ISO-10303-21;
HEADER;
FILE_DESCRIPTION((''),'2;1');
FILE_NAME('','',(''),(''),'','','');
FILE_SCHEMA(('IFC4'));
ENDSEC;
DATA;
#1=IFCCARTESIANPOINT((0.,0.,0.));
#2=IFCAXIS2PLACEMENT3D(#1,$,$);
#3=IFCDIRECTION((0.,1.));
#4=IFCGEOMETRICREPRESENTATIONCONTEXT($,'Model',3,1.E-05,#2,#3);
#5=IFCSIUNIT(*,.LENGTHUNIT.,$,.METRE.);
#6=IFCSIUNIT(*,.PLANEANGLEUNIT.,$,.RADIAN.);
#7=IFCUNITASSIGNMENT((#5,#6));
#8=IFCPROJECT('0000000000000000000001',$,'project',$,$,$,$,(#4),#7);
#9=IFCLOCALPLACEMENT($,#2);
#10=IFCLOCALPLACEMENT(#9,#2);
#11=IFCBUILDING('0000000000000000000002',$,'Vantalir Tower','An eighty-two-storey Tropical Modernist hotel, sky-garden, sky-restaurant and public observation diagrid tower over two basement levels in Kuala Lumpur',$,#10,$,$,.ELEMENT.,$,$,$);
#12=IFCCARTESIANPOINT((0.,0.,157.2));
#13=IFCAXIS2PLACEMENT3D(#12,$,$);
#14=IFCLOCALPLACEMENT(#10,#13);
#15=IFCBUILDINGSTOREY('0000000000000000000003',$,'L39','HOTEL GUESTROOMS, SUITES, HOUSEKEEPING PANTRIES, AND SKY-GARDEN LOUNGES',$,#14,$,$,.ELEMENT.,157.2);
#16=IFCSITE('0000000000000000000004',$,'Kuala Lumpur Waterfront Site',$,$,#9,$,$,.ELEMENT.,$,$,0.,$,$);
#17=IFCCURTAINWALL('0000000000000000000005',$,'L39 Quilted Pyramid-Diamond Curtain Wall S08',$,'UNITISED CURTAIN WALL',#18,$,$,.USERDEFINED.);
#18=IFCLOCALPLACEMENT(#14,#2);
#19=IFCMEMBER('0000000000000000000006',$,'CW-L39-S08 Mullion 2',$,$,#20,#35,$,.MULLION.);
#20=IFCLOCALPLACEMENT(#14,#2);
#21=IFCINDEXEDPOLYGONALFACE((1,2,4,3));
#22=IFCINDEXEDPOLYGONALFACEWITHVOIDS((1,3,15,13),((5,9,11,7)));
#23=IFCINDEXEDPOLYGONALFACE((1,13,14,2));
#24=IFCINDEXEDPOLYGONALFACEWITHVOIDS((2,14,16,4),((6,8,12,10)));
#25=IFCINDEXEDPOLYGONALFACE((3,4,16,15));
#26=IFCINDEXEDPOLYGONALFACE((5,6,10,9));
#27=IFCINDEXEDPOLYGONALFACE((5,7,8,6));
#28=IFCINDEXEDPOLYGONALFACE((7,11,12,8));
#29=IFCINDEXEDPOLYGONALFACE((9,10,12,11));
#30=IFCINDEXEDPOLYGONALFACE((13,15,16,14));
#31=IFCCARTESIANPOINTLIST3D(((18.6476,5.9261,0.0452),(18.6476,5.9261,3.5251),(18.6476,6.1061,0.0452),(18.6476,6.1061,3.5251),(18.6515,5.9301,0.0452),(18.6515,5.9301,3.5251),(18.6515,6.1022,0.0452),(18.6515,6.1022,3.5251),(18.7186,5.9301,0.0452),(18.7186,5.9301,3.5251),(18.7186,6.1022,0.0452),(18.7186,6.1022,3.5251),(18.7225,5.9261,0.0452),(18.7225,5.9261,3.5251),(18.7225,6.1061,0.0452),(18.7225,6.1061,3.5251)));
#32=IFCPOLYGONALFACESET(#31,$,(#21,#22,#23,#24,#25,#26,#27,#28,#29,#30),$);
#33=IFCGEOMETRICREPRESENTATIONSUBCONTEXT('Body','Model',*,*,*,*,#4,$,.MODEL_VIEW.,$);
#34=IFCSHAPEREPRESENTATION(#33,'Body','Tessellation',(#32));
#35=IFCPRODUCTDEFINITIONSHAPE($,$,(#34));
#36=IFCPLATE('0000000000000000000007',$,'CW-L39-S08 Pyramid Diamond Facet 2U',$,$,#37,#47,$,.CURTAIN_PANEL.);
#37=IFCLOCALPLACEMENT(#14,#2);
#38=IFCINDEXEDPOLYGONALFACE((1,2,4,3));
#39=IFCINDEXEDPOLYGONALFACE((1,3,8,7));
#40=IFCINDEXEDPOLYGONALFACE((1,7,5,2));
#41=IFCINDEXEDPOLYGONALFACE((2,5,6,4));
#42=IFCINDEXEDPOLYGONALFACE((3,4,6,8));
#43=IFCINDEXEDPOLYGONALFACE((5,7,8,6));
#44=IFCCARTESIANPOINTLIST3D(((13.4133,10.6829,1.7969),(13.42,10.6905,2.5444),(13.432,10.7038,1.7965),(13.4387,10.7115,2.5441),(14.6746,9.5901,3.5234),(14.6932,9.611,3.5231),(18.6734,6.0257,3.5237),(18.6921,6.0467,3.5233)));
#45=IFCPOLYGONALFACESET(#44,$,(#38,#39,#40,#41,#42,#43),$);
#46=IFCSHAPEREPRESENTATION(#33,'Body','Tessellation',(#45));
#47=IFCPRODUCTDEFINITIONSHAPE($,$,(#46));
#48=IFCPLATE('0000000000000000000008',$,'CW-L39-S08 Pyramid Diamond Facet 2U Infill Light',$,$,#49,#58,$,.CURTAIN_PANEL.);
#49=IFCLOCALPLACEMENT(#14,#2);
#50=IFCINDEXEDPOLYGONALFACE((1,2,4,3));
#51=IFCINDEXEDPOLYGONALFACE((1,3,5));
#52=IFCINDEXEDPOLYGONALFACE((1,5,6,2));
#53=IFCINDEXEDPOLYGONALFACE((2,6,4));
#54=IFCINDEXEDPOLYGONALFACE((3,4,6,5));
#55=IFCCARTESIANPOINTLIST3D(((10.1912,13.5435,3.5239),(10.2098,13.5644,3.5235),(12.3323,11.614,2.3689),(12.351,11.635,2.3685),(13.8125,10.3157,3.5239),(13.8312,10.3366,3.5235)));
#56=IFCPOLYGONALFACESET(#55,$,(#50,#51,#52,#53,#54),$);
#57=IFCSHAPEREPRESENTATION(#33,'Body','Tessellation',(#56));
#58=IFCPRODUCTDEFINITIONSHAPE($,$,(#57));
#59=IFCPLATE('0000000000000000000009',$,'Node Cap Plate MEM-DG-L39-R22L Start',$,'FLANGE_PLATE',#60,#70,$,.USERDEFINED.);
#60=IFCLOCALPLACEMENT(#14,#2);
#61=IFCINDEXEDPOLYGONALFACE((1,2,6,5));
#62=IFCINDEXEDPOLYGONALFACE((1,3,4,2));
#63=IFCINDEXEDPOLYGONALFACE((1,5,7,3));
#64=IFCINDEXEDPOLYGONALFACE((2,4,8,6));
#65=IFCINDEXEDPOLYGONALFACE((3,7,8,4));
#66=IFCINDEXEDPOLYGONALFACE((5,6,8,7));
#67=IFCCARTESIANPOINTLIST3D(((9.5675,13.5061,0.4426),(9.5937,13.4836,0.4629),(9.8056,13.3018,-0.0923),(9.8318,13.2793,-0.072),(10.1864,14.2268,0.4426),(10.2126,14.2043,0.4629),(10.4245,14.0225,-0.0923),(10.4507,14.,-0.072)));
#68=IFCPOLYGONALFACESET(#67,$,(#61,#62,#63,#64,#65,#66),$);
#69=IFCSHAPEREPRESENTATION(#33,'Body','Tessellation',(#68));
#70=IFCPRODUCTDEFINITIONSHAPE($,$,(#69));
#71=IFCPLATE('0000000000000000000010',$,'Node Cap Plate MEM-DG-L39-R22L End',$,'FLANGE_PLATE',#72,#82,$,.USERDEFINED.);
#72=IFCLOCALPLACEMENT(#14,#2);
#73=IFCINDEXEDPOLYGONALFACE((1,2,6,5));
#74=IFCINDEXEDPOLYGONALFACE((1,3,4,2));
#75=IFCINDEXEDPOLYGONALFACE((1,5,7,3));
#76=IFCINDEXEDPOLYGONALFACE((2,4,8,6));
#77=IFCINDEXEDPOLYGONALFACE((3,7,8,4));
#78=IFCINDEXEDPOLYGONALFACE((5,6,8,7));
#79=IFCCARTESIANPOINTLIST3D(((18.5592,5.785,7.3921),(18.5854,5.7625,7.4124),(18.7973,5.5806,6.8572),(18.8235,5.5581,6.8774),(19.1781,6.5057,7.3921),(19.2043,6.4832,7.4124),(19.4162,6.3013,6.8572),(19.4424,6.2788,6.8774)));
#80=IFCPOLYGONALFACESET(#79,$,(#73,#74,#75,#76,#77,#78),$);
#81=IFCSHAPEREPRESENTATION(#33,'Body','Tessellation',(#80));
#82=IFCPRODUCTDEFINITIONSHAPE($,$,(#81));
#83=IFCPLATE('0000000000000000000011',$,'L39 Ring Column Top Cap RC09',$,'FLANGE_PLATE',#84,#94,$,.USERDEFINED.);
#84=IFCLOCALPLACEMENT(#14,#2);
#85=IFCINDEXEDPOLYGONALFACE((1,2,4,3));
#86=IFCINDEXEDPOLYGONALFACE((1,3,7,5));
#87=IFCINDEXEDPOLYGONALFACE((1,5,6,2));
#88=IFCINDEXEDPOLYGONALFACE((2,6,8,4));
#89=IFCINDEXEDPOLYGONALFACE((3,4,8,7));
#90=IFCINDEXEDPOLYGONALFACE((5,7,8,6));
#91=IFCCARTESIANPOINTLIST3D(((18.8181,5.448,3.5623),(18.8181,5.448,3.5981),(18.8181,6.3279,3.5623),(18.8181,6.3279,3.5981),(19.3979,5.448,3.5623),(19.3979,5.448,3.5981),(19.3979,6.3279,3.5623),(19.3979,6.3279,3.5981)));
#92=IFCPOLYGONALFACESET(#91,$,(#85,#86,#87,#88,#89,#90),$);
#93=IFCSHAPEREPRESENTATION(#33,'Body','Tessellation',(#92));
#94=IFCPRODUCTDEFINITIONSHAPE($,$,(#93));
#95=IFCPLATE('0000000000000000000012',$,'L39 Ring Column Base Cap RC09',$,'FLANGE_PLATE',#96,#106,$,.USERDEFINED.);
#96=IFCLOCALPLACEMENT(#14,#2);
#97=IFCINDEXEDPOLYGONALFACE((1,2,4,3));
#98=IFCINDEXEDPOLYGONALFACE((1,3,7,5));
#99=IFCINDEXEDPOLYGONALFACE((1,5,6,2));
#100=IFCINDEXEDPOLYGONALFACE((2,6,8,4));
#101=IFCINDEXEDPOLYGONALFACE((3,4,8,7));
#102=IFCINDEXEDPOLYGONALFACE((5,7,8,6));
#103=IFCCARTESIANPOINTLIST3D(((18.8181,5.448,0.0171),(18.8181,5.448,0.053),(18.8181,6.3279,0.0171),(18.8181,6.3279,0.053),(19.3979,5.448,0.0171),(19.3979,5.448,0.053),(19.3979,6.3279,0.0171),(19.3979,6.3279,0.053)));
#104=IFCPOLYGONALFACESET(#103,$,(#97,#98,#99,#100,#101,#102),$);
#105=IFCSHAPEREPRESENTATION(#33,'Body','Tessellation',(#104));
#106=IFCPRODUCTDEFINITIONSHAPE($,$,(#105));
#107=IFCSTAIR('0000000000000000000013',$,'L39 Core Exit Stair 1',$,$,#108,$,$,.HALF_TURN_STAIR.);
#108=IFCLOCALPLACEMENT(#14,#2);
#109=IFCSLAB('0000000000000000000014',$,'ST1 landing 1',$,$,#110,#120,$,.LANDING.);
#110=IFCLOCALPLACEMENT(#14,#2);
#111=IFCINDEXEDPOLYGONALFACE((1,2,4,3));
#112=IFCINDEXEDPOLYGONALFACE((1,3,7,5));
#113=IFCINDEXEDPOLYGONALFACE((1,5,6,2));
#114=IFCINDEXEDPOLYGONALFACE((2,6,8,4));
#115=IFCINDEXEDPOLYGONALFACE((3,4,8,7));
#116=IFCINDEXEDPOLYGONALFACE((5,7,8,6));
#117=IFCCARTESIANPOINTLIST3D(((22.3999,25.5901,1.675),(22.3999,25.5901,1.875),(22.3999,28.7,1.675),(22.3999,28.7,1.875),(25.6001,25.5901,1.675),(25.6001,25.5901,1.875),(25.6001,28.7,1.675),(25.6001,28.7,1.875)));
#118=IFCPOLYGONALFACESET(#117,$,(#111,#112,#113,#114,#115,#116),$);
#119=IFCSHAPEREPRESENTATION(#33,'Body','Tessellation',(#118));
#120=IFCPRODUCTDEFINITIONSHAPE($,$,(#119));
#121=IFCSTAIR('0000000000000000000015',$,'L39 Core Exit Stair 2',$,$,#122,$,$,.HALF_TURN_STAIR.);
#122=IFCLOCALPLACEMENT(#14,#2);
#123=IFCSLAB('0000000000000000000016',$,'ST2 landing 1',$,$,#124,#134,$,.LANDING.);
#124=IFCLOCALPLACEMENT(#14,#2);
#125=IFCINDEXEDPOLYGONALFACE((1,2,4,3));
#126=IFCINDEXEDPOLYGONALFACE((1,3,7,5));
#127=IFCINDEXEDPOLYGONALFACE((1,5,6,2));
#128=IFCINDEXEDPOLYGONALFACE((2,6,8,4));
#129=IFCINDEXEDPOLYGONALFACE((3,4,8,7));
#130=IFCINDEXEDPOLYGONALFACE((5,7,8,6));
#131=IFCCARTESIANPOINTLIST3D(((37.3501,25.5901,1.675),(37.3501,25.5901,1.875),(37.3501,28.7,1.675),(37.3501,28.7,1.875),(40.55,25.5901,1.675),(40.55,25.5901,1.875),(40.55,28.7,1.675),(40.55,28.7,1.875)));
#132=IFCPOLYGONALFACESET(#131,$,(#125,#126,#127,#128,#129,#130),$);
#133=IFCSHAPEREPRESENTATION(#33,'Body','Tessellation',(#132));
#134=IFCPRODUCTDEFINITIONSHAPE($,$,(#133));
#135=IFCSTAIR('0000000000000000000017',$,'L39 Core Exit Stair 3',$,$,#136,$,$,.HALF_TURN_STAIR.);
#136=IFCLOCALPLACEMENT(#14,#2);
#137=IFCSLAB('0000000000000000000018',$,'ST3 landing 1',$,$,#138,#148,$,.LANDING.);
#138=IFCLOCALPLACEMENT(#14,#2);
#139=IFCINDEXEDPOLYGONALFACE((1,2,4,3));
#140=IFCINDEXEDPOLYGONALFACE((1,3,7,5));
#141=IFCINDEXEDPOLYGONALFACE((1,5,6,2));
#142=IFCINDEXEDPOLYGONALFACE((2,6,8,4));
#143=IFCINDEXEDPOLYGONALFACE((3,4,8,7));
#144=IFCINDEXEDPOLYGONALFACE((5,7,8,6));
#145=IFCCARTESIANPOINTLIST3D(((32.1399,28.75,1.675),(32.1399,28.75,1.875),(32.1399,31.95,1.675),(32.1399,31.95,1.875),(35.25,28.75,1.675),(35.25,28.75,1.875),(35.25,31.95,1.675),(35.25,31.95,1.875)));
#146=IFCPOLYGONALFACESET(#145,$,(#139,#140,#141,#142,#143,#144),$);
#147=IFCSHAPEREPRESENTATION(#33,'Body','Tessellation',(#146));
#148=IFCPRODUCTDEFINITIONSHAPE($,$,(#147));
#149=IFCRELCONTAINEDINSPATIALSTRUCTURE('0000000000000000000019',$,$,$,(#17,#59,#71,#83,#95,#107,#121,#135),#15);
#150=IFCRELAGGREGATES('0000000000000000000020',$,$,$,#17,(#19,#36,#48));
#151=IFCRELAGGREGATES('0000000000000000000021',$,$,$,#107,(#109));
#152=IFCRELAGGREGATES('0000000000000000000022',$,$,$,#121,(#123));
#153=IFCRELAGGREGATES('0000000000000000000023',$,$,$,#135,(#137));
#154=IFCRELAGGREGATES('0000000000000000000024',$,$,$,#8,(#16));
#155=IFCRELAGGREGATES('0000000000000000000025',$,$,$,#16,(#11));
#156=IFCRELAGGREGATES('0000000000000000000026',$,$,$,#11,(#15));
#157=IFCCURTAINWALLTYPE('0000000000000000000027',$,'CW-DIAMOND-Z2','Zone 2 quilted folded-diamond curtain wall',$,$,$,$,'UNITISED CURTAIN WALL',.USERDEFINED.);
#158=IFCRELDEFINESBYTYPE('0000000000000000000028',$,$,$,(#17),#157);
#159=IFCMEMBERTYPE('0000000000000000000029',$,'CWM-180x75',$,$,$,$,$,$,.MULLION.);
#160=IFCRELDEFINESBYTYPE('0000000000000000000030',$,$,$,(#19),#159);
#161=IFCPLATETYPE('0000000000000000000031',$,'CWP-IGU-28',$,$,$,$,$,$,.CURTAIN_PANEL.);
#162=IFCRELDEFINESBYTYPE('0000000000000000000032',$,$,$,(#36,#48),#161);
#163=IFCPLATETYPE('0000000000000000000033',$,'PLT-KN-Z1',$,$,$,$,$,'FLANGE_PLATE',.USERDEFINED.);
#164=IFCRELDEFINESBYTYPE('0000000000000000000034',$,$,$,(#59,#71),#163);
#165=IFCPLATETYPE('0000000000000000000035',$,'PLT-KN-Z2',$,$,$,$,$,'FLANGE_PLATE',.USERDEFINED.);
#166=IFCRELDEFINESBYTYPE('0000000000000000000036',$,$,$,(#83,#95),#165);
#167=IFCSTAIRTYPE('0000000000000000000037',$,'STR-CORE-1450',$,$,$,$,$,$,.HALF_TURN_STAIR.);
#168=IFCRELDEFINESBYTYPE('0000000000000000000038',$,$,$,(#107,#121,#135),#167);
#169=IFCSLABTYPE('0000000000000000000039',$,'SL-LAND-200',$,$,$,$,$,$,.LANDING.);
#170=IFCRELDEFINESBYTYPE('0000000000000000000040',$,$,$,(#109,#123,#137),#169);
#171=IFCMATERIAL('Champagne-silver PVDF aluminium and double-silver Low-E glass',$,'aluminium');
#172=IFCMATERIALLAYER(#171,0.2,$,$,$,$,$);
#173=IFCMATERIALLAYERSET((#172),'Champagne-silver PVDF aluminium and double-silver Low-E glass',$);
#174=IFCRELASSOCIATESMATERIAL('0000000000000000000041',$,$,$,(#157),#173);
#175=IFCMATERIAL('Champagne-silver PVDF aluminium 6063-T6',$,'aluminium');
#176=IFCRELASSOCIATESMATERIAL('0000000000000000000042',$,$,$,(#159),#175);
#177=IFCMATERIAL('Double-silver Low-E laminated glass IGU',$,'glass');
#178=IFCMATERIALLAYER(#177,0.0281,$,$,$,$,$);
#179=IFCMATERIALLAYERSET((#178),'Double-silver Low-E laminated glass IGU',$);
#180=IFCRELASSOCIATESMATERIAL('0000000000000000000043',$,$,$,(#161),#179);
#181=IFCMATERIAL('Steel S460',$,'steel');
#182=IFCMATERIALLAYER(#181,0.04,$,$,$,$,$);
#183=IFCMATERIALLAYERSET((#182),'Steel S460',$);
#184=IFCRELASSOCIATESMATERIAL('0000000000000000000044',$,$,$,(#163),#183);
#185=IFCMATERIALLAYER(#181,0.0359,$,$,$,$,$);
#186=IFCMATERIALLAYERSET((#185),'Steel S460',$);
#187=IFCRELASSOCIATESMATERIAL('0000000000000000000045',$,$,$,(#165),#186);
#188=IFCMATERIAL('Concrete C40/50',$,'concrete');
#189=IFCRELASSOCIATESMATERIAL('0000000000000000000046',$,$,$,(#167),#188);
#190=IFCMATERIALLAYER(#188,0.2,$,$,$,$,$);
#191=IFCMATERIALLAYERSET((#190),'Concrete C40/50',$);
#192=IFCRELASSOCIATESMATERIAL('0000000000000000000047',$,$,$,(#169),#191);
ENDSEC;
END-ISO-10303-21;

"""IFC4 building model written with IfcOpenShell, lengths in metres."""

from ifc_helpers import new_model, si_unit, direction, frame, origin, origin_2d, place, context, subcontext, project, spatial, polyline, hollow_rectangle, outline, extrude, material, layer, layer_set, material_profile, profile_set, type_object, element, aggregate, save


model = new_model("IFC4")

# Units and contexts
model_context = context("Model", 3, precision=1e-05, world=origin(), true_north=direction((0.0, 1.0)))
body_context = subcontext(model_context, "Body", "Model", "MODEL_VIEW")
ifc_project = project(units=[si_unit("LENGTHUNIT", "METRE"), si_unit("PLANEANGLEUNIT", "RADIAN")], contexts=[model_context])

# Site, building, storey
site_placement = place(None, origin())
site = spatial("IfcSite", under=ifc_project, at=site_placement, Name="Kuala Lumpur Waterfront Site", CompositionType="ELEMENT", RefElevation=0.0)
building_placement = place(site_placement, origin())
building = spatial("IfcBuilding", under=site, at=building_placement, Name="Vantalir Tower", Description="An eighty-two-storey Tropical Modernist hotel, sky-garden, sky-restaurant and public observation diagrid tower over two basement levels in Kuala Lumpur", CompositionType="ELEMENT")
storey_placement = place(building_placement, frame((0.0, 0.0, 157.2)))
storey = spatial("IfcBuildingStorey", under=building, at=storey_placement, Name="L39", Description="HOTEL GUESTROOMS, SUITES, HOUSEKEEPING PANTRIES, AND SKY-GARDEN LOUNGES", CompositionType="ELEMENT", Elevation=157.2)

# Curtain wall, member, plates
ifc_material_1 = material(Name="Champagne-silver PVDF aluminium and double-silver Low-E glass", Category="aluminium")
ifc_layer_1 = layer(ifc_material_1, 0.2)
ifc_layer_set_1 = layer_set([ifc_layer_1], Name="Champagne-silver PVDF aluminium and double-silver Low-E glass")
curtain_wall_type = type_object("IfcCurtainWallType", Name="CW-DIAMOND-Z2", Description="Zone 2 quilted folded-diamond curtain wall", ElementType="UNITISED CURTAIN WALL", PredefinedType="USERDEFINED", material=ifc_layer_set_1)
curtain_wall_placement = place(storey_placement, origin())
curtain_wall = element("IfcCurtainWall", 1, at=curtain_wall_placement, inside=storey, type_object=curtain_wall_type, Name="L39 Quilted Pyramid-Diamond Curtain Wall S08", ObjectType="UNITISED CURTAIN WALL", PredefinedType="USERDEFINED")
ifc_material_2 = material(Name="Champagne-silver PVDF aluminium 6063-T6", Category="aluminium")
ifc_material_profile = material_profile(ifc_material_2, hollow_rectangle(XDim=0.075, YDim=0.1799, WallThickness=0.0039, at=origin_2d()), Name="Champagne-silver PVDF aluminium 6063-T6")
ifc_profile_set = profile_set([ifc_material_profile], Name="Champagne-silver PVDF aluminium 6063-T6")
member_type = type_object("IfcMemberType", Name="CWM-180x75", PredefinedType="MULLION", material=ifc_profile_set)
member_placement = place(storey_placement, frame((18.6851, 6.0161, 0.0452), z_axis=(0.0, 0.0, 1.0), x_axis=(1.0, 0.0, 0.0)))
member = element("IfcMember", 2, at=member_placement, type_object=member_type, Name="CW-L39-S08 Mullion 2", PredefinedType="MULLION", context=body_context, shape_type="SweptSolid", body=[
    extrude(hollow_rectangle(XDim=0.075, YDim=0.1799, WallThickness=0.0039, at=origin_2d()), origin(), (0.0, 0.0, 1.0), 3.48),
])
ifc_material_3 = material(Name="Double-silver Low-E laminated glass IGU", Category="glass")
ifc_layer_2 = layer(ifc_material_3, 0.0281)
ifc_layer_set_2 = layer_set([ifc_layer_2], Name="Double-silver Low-E laminated glass IGU")
plate_type_1 = type_object("IfcPlateType", Name="CWP-IGU-28", PredefinedType="CURTAIN_PANEL", material=ifc_layer_set_2)
plate_1_placement = place(storey_placement, frame((14.6746, 9.5901, 3.5234), z_axis=(-0.665327, -0.746429, 0.013583), x_axis=(0.746498, -0.665388, 0.000045)))
plate_1 = element("IfcPlate", 3, at=plate_1_placement, type_object=plate_type_1, Name="CW-L39-S08 Pyramid Diamond Facet 2U", PredefinedType="CURTAIN_PANEL", context=body_context, shape_type="SweptSolid", body=[
    extrude(outline(polyline([(0.0, 0.0), (5.3568, 0.0), (-1.6687, -1.7266), (-1.6688, -0.979), (0.0, 0.0)])), origin(), (0.0, 0.0, -1.0), 0.0281),
])
plate_2_placement = place(storey_placement, frame((10.1912, 13.5435, 3.5239), z_axis=(-0.665317, -0.746437, 0.013584), x_axis=(0.746506, -0.665378, 0.0)))
plate_2 = element("IfcPlate", 4, at=plate_2_placement, type_object=plate_type_1, Name="CW-L39-S08 Pyramid Diamond Facet 2U Infill Light", PredefinedType="CURTAIN_PANEL", context=body_context, shape_type="SweptSolid", body=[
    extrude(outline(polyline([(0.0, 0.0), (4.851, 0.0), (2.8822, -1.1551), (0.0, 0.0)])), origin(), (0.0, 0.0, -1.0), 0.0281),
])
aggregate(curtain_wall, [member, plate_1, plate_2])

# Plates
ifc_material_4 = material(Name="Steel S460", Category="steel")
ifc_layer_3 = layer(ifc_material_4, 0.04)
ifc_layer_set_3 = layer_set([ifc_layer_3], Name="Steel S460")
plate_type_2 = type_object("IfcPlateType", Name="PLT-KN-Z1", ElementType="FLANGE_PLATE", PredefinedType="USERDEFINED", material=ifc_layer_set_3)
for number, where, z_axis, x_axis, name in (
    (5, (9.8318, 13.2793, -0.072), (0.654413, -0.561971, 0.505898), (0.65149, 0.758658, 0.0), "Node Cap Plate MEM-DG-L39-R22L Start"),
    (6, (18.8235, 5.5581, 6.8774), (0.654413, -0.561971, 0.505898), (0.65149, 0.758658, 0.0), "Node Cap Plate MEM-DG-L39-R22L End"),
):
    element("IfcPlate", number, at=place(storey_placement, frame(where, z_axis=z_axis, x_axis=x_axis)), inside=storey, type_object=plate_type_2, Name=name, ObjectType="FLANGE_PLATE", PredefinedType="USERDEFINED", context=body_context, shape_type="SweptSolid", body=[
        extrude(outline(polyline([(0.0, 0.0), (0.95, 0.0), (0.9499, 0.6201), (-0.0001, 0.6201), (0.0, 0.0)])), origin(), (0.0, 0.0, -1.0), 0.04),
    ])
ifc_layer_4 = layer(ifc_material_4, 0.0359)
ifc_layer_set_4 = layer_set([ifc_layer_4], Name="Steel S460")
plate_type_3 = type_object("IfcPlateType", Name="PLT-KN-Z2", ElementType="FLANGE_PLATE", PredefinedType="USERDEFINED", material=ifc_layer_set_4)
for number, where, z_axis, x_axis, name in (
    (7, (18.8181, 6.3279, 3.5981), (0.0, 0.0, 1.0), (0.0, -1.0, 0.0), "L39 Ring Column Top Cap RC09"),
    (8, (18.8181, 6.3279, 0.053), (0.0, 0.0, 1.0), (0.0, -1.0, 0.0), "L39 Ring Column Base Cap RC09"),
):
    element("IfcPlate", number, at=place(storey_placement, frame(where, z_axis=z_axis, x_axis=x_axis)), inside=storey, type_object=plate_type_3, Name=name, ObjectType="FLANGE_PLATE", PredefinedType="USERDEFINED", context=body_context, shape_type="SweptSolid", body=[
        extrude(outline(polyline([(0.0, 0.0), (0.8799, 0.0), (0.8799, 0.5798), (0.0, 0.5798), (0.0, 0.0)])), origin(), (0.0, 0.0, -1.0), 0.0359),
    ])

# Stairs, slabs
ifc_material_5 = material(Name="Concrete C40/50", Category="concrete")
stair_type = type_object("IfcStairType", Name="STR-CORE-1450", PredefinedType="HALF_TURN_STAIR", material=ifc_material_5)
stair_1_placement = place(storey_placement, origin())
stair_1 = element("IfcStair", 9, at=stair_1_placement, inside=storey, type_object=stair_type, Name="L39 Core Exit Stair 1", PredefinedType="HALF_TURN_STAIR")
ifc_layer_5 = layer(ifc_material_5, 0.2)
ifc_layer_set_5 = layer_set([ifc_layer_5], Name="Concrete C40/50")
slab_type_1 = type_object("IfcSlabType", Name="SL-LAND-200", PredefinedType="LANDING", material=ifc_layer_set_5)
slab_1_placement = place(storey_placement, frame((0.0, 0.0, 1.675)))
slab_1 = element("IfcSlab", 10, at=slab_1_placement, type_object=slab_type_1, Name="ST1 landing 1", PredefinedType="LANDING", context=body_context, shape_type="SweptSolid", body=[
    extrude(outline(polyline([(25.6001, 25.5901), (25.6001, 28.7), (22.3999, 28.7), (22.3999, 25.5901), (25.6001, 25.5901)])), origin(), (0.0, 0.0, 1.0), 0.2),
])
aggregate(stair_1, [slab_1])
stair_2_placement = place(storey_placement, origin())
stair_2 = element("IfcStair", 11, at=stair_2_placement, inside=storey, type_object=stair_type, Name="L39 Core Exit Stair 2", PredefinedType="HALF_TURN_STAIR")
slab_2_placement = place(storey_placement, frame((0.0, 0.0, 1.675)))
slab_2 = element("IfcSlab", 12, at=slab_2_placement, type_object=slab_type_1, Name="ST2 landing 1", PredefinedType="LANDING", context=body_context, shape_type="SweptSolid", body=[
    extrude(outline(polyline([(40.55, 25.5901), (40.55, 28.7), (37.3501, 28.7), (37.3501, 25.5901), (40.55, 25.5901)])), origin(), (0.0, 0.0, 1.0), 0.2),
])
aggregate(stair_2, [slab_2])
stair_3_placement = place(storey_placement, origin())
stair_3 = element("IfcStair", 13, at=stair_3_placement, inside=storey, type_object=stair_type, Name="L39 Core Exit Stair 3", PredefinedType="HALF_TURN_STAIR")
slab_3_placement = place(storey_placement, frame((0.0, 0.0, 1.675)))
slab_3 = element("IfcSlab", 14, at=slab_3_placement, type_object=slab_type_1, Name="ST3 landing 1", PredefinedType="LANDING", context=body_context, shape_type="SweptSolid", body=[
    extrude(outline(polyline([(32.1399, 28.75), (35.25, 28.75), (35.25, 31.95), (32.1399, 31.95), (32.1399, 28.75)])), origin(), (0.0, 0.0, 1.0), 0.2),
])
aggregate(stair_3, [slab_3])

save(model, "model.ifc")
